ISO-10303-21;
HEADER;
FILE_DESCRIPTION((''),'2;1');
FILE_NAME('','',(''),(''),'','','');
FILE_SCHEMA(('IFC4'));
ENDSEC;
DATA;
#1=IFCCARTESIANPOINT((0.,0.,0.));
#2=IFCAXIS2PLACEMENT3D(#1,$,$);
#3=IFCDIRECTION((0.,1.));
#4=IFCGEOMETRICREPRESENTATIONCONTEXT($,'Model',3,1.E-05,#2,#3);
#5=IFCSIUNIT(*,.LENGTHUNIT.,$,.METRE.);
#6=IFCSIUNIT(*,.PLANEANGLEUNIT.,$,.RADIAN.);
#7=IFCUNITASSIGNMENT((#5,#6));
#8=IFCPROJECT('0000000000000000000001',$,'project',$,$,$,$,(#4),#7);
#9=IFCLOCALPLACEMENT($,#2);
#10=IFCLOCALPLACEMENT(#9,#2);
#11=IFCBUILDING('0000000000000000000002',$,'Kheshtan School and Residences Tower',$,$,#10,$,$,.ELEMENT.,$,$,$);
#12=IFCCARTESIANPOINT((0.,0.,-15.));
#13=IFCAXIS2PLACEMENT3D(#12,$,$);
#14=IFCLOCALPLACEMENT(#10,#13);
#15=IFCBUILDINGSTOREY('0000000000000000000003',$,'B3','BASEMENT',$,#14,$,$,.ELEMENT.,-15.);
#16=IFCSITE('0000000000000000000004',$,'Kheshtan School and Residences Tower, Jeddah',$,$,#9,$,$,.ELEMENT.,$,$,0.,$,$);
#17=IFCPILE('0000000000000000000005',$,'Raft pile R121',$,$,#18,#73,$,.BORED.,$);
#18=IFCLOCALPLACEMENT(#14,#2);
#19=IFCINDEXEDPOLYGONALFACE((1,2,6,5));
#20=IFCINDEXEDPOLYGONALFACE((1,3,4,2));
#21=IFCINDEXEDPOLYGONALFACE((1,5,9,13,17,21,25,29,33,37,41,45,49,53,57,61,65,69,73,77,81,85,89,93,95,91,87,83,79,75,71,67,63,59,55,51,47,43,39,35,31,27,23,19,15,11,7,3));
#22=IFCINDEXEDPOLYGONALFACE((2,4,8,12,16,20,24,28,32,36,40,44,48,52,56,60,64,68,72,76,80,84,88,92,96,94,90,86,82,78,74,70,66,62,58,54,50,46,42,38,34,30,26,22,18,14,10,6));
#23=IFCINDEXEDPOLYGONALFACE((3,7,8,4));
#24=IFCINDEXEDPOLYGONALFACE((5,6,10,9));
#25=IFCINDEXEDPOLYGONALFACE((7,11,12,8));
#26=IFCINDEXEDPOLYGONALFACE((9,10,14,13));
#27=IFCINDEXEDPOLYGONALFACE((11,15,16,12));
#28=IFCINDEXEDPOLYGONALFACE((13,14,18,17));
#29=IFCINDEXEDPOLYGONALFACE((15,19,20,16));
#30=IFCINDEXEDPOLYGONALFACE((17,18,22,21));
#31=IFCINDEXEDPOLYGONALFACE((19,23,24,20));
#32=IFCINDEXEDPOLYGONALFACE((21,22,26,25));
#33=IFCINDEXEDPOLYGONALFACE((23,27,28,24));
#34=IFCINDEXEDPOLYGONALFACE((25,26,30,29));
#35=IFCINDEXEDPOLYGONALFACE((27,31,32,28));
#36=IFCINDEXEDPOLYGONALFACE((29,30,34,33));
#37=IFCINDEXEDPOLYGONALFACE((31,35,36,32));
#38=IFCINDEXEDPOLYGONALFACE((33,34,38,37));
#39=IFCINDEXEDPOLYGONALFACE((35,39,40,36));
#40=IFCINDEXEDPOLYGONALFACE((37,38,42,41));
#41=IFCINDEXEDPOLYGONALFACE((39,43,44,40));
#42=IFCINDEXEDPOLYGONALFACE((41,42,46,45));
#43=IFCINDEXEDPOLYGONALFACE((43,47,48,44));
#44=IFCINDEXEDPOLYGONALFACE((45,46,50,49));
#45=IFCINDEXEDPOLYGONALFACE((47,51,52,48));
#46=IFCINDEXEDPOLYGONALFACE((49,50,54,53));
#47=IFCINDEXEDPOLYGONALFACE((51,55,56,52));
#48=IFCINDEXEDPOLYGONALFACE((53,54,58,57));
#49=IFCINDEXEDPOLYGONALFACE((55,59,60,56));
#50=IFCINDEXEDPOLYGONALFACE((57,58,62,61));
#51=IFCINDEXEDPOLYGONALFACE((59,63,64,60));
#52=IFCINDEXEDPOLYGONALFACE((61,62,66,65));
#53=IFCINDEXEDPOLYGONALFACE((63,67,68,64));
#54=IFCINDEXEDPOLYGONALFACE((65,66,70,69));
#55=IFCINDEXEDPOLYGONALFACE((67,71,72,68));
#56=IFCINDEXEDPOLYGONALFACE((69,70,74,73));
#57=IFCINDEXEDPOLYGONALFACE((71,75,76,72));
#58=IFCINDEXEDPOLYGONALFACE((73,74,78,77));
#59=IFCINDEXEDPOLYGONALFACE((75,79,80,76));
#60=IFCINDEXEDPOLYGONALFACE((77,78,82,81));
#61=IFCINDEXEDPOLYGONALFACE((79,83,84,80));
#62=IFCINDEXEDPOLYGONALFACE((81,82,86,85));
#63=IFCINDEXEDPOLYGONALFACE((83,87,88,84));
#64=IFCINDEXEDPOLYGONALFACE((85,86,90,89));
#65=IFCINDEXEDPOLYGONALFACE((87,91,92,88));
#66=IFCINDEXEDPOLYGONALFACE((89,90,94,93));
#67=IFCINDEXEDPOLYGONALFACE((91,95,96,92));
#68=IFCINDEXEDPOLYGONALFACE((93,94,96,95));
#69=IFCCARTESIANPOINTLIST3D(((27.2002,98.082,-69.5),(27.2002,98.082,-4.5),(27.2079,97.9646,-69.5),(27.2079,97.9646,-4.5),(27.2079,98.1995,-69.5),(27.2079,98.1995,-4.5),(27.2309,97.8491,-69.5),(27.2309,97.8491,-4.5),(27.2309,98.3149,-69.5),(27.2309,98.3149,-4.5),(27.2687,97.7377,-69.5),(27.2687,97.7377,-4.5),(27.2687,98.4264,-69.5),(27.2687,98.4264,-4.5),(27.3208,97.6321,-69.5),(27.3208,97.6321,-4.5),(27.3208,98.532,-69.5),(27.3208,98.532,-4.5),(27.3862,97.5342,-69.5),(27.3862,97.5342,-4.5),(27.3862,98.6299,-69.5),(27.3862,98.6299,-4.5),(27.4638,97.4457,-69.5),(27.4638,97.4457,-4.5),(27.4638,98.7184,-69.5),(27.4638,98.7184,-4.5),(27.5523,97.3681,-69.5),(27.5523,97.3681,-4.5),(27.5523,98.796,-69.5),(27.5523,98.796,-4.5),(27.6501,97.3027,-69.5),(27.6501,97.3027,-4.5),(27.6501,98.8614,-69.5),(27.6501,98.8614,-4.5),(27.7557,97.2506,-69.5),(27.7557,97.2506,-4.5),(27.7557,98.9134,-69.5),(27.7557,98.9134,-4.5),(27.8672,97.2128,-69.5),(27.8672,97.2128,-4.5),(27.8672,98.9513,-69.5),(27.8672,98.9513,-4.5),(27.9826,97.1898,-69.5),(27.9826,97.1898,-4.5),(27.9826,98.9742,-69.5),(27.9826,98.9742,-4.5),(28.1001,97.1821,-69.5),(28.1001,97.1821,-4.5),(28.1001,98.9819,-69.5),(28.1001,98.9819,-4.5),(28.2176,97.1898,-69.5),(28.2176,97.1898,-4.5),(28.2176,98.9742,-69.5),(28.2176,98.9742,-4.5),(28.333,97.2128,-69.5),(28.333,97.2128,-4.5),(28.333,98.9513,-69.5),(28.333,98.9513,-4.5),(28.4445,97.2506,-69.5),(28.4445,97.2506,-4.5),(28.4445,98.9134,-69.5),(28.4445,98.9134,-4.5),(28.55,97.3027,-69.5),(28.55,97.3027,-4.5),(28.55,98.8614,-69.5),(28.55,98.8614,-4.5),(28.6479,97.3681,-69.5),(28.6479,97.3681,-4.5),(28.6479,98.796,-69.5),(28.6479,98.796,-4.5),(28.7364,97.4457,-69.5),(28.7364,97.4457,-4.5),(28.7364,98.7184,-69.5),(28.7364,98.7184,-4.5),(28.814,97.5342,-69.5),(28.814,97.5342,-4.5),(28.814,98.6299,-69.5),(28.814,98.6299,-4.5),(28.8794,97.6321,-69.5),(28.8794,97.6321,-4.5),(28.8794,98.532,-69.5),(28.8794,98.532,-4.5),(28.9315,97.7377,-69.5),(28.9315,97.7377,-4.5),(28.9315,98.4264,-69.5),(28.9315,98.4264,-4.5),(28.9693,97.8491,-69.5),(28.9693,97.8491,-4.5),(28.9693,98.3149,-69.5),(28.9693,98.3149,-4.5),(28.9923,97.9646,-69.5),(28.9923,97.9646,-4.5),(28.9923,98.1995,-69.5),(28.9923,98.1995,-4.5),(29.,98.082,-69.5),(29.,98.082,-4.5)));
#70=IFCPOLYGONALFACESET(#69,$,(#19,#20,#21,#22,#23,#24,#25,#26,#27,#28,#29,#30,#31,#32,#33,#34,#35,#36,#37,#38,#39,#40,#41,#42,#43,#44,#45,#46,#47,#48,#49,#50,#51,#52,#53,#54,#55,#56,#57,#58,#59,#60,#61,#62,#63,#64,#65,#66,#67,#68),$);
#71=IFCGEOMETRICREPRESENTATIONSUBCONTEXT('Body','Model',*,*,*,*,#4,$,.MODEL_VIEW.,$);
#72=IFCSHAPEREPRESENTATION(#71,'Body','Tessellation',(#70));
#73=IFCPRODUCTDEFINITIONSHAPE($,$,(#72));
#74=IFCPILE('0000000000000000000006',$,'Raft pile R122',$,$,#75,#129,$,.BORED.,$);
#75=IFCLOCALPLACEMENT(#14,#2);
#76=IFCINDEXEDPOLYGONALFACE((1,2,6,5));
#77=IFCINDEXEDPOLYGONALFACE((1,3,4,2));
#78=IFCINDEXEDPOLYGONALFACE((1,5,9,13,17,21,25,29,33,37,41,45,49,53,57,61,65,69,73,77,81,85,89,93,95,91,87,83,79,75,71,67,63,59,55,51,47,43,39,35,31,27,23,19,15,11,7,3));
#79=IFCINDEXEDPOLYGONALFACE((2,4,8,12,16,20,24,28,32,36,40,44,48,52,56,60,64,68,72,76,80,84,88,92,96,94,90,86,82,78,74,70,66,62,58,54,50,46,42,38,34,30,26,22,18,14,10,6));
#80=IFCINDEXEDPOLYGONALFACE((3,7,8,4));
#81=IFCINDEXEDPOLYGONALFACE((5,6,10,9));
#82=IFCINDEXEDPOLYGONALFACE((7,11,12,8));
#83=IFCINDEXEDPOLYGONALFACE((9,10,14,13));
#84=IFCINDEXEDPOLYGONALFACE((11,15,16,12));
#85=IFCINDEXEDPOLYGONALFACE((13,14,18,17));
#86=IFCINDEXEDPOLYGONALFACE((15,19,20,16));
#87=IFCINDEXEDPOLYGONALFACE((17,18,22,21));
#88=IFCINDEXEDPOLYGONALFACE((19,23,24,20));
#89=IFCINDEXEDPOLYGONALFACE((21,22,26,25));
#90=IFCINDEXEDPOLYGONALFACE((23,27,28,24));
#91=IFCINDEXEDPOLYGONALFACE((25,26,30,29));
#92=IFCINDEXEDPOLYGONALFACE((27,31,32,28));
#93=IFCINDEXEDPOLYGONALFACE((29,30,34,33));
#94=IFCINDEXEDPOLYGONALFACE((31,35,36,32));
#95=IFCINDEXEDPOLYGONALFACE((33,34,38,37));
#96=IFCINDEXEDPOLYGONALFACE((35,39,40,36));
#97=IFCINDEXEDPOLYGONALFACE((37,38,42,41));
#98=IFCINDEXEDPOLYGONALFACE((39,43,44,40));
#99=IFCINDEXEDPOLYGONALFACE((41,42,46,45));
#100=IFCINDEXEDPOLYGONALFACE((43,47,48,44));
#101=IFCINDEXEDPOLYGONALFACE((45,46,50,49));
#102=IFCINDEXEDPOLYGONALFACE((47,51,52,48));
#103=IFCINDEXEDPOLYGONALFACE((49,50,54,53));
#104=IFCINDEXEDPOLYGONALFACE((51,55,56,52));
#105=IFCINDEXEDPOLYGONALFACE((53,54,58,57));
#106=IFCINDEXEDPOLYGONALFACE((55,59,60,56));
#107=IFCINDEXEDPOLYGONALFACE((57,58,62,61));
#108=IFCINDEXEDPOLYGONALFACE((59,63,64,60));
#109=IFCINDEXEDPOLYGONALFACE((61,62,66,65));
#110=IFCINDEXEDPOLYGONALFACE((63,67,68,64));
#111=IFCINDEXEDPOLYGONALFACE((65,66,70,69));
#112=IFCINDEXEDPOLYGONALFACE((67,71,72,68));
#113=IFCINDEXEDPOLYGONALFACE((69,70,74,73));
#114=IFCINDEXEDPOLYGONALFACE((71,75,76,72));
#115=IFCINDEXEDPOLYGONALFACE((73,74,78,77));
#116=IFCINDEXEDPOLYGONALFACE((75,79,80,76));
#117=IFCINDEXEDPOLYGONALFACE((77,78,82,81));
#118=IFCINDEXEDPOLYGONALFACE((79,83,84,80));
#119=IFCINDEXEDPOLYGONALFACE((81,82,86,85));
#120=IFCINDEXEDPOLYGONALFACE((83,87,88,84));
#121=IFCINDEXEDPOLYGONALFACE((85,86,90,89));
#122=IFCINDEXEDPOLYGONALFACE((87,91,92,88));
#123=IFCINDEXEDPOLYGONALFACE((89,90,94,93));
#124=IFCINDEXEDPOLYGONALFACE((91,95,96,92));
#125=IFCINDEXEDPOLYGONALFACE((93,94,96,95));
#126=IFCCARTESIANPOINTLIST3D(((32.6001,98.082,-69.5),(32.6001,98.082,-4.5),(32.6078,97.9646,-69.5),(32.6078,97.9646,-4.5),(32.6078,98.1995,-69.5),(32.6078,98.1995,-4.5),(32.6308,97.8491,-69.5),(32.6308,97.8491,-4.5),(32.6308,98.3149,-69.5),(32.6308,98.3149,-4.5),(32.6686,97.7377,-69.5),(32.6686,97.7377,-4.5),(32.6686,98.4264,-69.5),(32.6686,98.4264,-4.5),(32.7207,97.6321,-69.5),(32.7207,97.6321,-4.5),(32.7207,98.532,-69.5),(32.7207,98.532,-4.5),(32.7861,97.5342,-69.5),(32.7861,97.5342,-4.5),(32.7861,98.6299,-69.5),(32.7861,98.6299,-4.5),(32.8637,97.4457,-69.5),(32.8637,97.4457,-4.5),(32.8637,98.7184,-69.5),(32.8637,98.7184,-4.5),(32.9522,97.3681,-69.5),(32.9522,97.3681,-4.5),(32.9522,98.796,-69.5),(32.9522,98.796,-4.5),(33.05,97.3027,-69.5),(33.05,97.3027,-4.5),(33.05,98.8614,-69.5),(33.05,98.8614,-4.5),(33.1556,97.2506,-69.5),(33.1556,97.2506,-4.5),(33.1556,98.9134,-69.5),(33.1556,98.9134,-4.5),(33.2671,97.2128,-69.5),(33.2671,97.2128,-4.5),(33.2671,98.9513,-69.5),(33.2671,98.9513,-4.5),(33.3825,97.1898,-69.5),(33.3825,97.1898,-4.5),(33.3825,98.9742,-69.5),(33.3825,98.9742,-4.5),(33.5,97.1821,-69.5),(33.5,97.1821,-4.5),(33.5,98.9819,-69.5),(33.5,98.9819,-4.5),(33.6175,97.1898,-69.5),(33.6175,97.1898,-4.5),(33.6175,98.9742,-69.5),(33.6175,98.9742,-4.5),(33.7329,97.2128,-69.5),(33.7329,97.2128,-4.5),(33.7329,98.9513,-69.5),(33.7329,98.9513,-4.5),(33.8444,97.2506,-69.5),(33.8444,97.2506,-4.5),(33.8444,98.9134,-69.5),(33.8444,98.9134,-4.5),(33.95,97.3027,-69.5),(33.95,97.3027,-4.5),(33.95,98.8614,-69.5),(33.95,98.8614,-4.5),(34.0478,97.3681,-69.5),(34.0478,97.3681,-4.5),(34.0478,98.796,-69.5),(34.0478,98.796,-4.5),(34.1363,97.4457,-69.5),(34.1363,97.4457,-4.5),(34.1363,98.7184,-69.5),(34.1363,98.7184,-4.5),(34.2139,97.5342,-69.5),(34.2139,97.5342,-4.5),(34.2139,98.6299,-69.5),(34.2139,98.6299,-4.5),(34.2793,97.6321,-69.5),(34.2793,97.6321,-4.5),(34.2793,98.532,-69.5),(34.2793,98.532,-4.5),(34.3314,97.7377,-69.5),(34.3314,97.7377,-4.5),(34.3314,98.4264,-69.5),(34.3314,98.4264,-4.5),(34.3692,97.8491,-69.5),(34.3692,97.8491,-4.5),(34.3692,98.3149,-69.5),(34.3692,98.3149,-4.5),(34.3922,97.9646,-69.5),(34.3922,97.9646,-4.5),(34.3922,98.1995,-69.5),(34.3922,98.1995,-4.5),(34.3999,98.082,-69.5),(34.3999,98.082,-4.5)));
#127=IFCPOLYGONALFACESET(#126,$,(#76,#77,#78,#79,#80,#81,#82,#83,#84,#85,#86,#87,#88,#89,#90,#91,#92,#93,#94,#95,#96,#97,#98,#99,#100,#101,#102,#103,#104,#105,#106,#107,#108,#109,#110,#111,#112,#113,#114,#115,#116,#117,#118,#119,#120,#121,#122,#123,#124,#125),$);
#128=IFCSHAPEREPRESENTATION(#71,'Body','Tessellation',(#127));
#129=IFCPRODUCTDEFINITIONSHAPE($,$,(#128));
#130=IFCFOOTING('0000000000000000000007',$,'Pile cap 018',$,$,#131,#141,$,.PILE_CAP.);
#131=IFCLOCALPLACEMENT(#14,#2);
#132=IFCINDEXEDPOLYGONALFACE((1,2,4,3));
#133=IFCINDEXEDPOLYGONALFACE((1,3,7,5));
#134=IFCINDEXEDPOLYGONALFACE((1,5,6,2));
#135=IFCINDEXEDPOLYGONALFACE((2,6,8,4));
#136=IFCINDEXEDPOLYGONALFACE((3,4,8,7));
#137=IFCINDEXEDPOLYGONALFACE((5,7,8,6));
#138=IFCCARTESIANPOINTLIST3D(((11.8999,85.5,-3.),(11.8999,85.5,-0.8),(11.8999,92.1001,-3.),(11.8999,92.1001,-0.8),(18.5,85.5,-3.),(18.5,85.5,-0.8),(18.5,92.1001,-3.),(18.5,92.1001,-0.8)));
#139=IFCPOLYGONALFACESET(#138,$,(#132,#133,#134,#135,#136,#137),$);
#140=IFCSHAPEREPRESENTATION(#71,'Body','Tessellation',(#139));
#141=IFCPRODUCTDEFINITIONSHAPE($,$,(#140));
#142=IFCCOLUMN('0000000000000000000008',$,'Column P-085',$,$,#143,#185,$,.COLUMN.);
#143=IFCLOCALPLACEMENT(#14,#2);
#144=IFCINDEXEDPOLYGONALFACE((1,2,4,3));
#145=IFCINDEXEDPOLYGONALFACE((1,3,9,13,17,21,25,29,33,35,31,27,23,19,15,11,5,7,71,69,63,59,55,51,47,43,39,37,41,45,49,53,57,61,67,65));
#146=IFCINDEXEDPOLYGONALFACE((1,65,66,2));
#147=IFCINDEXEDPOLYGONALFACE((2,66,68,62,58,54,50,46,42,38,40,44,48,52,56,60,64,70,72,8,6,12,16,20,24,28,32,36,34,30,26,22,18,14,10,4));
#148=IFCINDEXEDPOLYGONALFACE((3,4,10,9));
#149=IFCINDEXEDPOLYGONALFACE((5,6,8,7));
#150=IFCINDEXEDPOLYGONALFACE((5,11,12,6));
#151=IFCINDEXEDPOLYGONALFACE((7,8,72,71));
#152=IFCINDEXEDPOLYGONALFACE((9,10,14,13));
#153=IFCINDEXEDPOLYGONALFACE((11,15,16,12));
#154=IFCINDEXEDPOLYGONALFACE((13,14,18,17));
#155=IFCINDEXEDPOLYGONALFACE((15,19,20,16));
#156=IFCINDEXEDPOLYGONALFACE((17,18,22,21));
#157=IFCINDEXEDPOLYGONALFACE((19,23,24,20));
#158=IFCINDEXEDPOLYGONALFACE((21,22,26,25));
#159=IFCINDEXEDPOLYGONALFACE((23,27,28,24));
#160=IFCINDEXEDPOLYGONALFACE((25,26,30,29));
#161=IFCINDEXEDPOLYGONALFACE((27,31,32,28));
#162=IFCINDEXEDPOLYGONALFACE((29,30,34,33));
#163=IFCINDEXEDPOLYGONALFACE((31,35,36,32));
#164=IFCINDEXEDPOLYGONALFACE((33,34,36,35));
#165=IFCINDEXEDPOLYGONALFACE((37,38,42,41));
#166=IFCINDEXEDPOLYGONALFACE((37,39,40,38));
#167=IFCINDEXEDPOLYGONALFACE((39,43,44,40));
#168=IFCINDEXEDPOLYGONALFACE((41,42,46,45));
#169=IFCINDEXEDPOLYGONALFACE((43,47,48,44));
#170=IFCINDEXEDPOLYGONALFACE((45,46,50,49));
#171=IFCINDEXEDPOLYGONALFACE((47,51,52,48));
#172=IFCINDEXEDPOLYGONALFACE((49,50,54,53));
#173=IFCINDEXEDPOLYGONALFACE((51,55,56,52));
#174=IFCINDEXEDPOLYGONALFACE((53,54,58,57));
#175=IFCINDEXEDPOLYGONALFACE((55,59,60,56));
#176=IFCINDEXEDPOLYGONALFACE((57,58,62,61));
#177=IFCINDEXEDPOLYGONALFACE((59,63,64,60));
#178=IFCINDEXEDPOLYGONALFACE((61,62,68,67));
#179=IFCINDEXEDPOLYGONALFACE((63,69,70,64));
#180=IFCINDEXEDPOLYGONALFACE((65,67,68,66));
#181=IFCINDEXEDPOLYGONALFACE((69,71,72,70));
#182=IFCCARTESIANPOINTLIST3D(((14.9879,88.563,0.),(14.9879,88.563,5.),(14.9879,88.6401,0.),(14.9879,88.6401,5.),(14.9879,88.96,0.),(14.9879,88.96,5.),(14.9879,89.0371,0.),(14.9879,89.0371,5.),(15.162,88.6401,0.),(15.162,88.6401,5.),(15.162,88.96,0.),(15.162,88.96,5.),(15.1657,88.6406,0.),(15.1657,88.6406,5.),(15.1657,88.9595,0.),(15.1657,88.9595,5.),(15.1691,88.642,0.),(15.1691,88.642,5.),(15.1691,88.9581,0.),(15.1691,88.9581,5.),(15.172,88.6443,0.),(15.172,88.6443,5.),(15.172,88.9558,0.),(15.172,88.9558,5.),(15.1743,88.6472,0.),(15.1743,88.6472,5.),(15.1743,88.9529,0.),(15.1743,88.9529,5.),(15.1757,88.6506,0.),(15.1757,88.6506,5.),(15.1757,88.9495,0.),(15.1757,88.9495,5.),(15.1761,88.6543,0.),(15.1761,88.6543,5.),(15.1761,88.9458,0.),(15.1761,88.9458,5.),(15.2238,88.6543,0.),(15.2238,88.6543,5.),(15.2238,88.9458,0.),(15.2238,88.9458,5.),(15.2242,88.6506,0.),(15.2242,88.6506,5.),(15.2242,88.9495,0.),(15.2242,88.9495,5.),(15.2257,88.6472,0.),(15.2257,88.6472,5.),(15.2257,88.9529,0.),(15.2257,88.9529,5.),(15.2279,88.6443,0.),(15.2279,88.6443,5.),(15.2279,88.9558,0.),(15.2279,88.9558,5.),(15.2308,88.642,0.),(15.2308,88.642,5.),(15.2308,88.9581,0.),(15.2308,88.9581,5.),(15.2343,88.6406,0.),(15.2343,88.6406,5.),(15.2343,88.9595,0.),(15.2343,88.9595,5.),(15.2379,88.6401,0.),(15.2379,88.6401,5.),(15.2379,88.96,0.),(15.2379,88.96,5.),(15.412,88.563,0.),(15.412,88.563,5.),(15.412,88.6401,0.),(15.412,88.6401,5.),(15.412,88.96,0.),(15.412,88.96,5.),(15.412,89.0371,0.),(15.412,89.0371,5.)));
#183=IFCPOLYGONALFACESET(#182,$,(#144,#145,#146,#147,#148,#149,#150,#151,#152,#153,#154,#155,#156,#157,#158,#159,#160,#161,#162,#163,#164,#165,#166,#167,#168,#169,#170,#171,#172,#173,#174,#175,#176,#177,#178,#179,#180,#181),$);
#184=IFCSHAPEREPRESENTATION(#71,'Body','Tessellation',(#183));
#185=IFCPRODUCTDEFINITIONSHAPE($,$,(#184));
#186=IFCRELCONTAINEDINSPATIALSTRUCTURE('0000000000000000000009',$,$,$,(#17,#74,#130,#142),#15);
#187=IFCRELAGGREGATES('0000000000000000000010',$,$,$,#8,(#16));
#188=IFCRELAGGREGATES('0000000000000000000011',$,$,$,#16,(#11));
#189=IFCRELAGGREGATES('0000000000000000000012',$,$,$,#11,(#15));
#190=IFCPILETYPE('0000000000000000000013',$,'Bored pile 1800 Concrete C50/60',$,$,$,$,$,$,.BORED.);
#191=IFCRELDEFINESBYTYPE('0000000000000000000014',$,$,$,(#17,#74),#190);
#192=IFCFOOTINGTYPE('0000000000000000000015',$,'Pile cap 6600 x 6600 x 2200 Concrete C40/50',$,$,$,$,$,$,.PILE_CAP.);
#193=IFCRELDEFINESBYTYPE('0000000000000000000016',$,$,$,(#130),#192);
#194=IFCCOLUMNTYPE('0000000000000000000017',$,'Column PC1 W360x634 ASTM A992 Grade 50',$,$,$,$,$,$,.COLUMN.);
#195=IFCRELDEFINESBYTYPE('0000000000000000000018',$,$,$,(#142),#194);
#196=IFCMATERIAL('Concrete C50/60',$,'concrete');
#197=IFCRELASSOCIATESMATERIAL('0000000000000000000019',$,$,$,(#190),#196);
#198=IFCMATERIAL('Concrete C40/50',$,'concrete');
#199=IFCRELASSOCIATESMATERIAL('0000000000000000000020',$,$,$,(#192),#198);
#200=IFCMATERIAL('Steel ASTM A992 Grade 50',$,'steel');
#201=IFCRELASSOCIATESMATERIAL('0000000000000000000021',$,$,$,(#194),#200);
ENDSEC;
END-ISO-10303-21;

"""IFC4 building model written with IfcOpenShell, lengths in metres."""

from ifc_helpers import new_model, si_unit, direction, frame, origin, origin_2d, place, context, subcontext, project, spatial, rectangle, circle, i_section, extrude, material, material_profile, profile_set, type_object, element, save


model = new_model("IFC4")

# Units and contexts
model_context = context("Model", 3, precision=1e-05, world=origin(), true_north=direction((0.0, 1.0)))
body_context = subcontext(model_context, "Body", "Model", "MODEL_VIEW")
ifc_project = project(units=[si_unit("LENGTHUNIT", "METRE"), si_unit("PLANEANGLEUNIT", "RADIAN")], contexts=[model_context])

# Site, building, storey
site_placement = place(None, origin())
site = spatial("IfcSite", under=ifc_project, at=site_placement, Name="Kheshtan School and Residences Tower, Jeddah", CompositionType="ELEMENT", RefElevation=0.0)
building_placement = place(site_placement, origin())
building = spatial("IfcBuilding", under=site, at=building_placement, Name="Kheshtan School and Residences Tower", CompositionType="ELEMENT")
storey_placement = place(building_placement, frame((0.0, 0.0, -15.0)))
storey = spatial("IfcBuildingStorey", under=building, at=storey_placement, Name="B3", Description="BASEMENT", CompositionType="ELEMENT", Elevation=-15.0)

# Piles
ifc_material_1 = material(Name="Concrete C50/60", Category="concrete")
ifc_material_profile_1 = material_profile(ifc_material_1, circle(Radius=0.8999, at=origin_2d()), Name="BP 1800")
ifc_profile_set_1 = profile_set([ifc_material_profile_1], Name="Concrete C50/60")
pile_type_1 = type_object("IfcPileType", Name="Bored pile 1800 Concrete C50/60", PredefinedType="BORED", material=ifc_profile_set_1)
for number, where, z_axis, x_axis, name in (
    (1, (28.1001, 98.082, -4.5), (0.0, 0.0, -1.0), (1.0, 0.0, 0.0), "Raft pile R121"),
    (2, (33.5, 98.082, -4.5), (0.0, 0.0, -1.0), (1.0, 0.0, 0.0), "Raft pile R122"),
):
    element("IfcPile", number, at=place(storey_placement, frame(where, z_axis=z_axis, x_axis=x_axis)), inside=storey, type_object=pile_type_1, Name=name, PredefinedType="BORED", context=body_context, shape_type="SweptSolid", body=[
        extrude(circle(Radius=0.8999, at=origin_2d()), origin(), (0.0, 0.0, 1.0), 65.0),
    ])

# Footing
ifc_material_2 = material(Name="Concrete C40/50", Category="concrete")
footing_type = type_object("IfcFootingType", Name="Pile cap 6600 x 6600 x 2200 Concrete C40/50", PredefinedType="PILE_CAP", material=ifc_material_2)
footing_placement = place(storey_placement, frame((15.2, 88.8, -3.0), z_axis=(0.0, 0.0, 1.0), x_axis=(1.0, 0.0, 0.0)))
element("IfcFooting", 3, at=footing_placement, inside=storey, type_object=footing_type, Name="Pile cap 018", PredefinedType="PILE_CAP", context=body_context, shape_type="SweptSolid", body=[
    extrude(rectangle(XDim=6.6001, YDim=6.6001, at=origin_2d()), origin(), (0.0, 0.0, 1.0), 2.2),
])

# Column
ifc_material_3 = material(Name="Steel ASTM A992 Grade 50", Category="steel")
ifc_material_profile_2 = material_profile(ifc_material_3, i_section(OverallWidth=0.4241, OverallDepth=0.4741, WebThickness=0.0476, FlangeThickness=0.0771, FilletRadius=0.0142, at=origin_2d()), Name="W360x634")
ifc_profile_set_2 = profile_set([ifc_material_profile_2], Name="Steel ASTM A992 Grade 50")
column_type = type_object("IfcColumnType", Name="Column PC1 W360x634 ASTM A992 Grade 50", PredefinedType="COLUMN", material=ifc_profile_set_2)
for number, where, z_axis, x_axis, name in (
    (4, (15.2, 88.8, 0.0), (0.0, 0.0, 1.0), (1.0, 0.0, 0.0), "Column P-085"),
):
    element("IfcColumn", number, at=place(storey_placement, frame(where, z_axis=z_axis, x_axis=x_axis)), inside=storey, type_object=column_type, Name=name, PredefinedType="COLUMN", context=body_context, shape_type="SweptSolid", body=[
        extrude(i_section(OverallWidth=0.4241, OverallDepth=0.4741, WebThickness=0.0476, FlangeThickness=0.0771, FilletRadius=0.0142, at=origin_2d()), origin(), (0.0, 0.0, 1.0), 5.0),
    ])

save(model, "model.ifc")
